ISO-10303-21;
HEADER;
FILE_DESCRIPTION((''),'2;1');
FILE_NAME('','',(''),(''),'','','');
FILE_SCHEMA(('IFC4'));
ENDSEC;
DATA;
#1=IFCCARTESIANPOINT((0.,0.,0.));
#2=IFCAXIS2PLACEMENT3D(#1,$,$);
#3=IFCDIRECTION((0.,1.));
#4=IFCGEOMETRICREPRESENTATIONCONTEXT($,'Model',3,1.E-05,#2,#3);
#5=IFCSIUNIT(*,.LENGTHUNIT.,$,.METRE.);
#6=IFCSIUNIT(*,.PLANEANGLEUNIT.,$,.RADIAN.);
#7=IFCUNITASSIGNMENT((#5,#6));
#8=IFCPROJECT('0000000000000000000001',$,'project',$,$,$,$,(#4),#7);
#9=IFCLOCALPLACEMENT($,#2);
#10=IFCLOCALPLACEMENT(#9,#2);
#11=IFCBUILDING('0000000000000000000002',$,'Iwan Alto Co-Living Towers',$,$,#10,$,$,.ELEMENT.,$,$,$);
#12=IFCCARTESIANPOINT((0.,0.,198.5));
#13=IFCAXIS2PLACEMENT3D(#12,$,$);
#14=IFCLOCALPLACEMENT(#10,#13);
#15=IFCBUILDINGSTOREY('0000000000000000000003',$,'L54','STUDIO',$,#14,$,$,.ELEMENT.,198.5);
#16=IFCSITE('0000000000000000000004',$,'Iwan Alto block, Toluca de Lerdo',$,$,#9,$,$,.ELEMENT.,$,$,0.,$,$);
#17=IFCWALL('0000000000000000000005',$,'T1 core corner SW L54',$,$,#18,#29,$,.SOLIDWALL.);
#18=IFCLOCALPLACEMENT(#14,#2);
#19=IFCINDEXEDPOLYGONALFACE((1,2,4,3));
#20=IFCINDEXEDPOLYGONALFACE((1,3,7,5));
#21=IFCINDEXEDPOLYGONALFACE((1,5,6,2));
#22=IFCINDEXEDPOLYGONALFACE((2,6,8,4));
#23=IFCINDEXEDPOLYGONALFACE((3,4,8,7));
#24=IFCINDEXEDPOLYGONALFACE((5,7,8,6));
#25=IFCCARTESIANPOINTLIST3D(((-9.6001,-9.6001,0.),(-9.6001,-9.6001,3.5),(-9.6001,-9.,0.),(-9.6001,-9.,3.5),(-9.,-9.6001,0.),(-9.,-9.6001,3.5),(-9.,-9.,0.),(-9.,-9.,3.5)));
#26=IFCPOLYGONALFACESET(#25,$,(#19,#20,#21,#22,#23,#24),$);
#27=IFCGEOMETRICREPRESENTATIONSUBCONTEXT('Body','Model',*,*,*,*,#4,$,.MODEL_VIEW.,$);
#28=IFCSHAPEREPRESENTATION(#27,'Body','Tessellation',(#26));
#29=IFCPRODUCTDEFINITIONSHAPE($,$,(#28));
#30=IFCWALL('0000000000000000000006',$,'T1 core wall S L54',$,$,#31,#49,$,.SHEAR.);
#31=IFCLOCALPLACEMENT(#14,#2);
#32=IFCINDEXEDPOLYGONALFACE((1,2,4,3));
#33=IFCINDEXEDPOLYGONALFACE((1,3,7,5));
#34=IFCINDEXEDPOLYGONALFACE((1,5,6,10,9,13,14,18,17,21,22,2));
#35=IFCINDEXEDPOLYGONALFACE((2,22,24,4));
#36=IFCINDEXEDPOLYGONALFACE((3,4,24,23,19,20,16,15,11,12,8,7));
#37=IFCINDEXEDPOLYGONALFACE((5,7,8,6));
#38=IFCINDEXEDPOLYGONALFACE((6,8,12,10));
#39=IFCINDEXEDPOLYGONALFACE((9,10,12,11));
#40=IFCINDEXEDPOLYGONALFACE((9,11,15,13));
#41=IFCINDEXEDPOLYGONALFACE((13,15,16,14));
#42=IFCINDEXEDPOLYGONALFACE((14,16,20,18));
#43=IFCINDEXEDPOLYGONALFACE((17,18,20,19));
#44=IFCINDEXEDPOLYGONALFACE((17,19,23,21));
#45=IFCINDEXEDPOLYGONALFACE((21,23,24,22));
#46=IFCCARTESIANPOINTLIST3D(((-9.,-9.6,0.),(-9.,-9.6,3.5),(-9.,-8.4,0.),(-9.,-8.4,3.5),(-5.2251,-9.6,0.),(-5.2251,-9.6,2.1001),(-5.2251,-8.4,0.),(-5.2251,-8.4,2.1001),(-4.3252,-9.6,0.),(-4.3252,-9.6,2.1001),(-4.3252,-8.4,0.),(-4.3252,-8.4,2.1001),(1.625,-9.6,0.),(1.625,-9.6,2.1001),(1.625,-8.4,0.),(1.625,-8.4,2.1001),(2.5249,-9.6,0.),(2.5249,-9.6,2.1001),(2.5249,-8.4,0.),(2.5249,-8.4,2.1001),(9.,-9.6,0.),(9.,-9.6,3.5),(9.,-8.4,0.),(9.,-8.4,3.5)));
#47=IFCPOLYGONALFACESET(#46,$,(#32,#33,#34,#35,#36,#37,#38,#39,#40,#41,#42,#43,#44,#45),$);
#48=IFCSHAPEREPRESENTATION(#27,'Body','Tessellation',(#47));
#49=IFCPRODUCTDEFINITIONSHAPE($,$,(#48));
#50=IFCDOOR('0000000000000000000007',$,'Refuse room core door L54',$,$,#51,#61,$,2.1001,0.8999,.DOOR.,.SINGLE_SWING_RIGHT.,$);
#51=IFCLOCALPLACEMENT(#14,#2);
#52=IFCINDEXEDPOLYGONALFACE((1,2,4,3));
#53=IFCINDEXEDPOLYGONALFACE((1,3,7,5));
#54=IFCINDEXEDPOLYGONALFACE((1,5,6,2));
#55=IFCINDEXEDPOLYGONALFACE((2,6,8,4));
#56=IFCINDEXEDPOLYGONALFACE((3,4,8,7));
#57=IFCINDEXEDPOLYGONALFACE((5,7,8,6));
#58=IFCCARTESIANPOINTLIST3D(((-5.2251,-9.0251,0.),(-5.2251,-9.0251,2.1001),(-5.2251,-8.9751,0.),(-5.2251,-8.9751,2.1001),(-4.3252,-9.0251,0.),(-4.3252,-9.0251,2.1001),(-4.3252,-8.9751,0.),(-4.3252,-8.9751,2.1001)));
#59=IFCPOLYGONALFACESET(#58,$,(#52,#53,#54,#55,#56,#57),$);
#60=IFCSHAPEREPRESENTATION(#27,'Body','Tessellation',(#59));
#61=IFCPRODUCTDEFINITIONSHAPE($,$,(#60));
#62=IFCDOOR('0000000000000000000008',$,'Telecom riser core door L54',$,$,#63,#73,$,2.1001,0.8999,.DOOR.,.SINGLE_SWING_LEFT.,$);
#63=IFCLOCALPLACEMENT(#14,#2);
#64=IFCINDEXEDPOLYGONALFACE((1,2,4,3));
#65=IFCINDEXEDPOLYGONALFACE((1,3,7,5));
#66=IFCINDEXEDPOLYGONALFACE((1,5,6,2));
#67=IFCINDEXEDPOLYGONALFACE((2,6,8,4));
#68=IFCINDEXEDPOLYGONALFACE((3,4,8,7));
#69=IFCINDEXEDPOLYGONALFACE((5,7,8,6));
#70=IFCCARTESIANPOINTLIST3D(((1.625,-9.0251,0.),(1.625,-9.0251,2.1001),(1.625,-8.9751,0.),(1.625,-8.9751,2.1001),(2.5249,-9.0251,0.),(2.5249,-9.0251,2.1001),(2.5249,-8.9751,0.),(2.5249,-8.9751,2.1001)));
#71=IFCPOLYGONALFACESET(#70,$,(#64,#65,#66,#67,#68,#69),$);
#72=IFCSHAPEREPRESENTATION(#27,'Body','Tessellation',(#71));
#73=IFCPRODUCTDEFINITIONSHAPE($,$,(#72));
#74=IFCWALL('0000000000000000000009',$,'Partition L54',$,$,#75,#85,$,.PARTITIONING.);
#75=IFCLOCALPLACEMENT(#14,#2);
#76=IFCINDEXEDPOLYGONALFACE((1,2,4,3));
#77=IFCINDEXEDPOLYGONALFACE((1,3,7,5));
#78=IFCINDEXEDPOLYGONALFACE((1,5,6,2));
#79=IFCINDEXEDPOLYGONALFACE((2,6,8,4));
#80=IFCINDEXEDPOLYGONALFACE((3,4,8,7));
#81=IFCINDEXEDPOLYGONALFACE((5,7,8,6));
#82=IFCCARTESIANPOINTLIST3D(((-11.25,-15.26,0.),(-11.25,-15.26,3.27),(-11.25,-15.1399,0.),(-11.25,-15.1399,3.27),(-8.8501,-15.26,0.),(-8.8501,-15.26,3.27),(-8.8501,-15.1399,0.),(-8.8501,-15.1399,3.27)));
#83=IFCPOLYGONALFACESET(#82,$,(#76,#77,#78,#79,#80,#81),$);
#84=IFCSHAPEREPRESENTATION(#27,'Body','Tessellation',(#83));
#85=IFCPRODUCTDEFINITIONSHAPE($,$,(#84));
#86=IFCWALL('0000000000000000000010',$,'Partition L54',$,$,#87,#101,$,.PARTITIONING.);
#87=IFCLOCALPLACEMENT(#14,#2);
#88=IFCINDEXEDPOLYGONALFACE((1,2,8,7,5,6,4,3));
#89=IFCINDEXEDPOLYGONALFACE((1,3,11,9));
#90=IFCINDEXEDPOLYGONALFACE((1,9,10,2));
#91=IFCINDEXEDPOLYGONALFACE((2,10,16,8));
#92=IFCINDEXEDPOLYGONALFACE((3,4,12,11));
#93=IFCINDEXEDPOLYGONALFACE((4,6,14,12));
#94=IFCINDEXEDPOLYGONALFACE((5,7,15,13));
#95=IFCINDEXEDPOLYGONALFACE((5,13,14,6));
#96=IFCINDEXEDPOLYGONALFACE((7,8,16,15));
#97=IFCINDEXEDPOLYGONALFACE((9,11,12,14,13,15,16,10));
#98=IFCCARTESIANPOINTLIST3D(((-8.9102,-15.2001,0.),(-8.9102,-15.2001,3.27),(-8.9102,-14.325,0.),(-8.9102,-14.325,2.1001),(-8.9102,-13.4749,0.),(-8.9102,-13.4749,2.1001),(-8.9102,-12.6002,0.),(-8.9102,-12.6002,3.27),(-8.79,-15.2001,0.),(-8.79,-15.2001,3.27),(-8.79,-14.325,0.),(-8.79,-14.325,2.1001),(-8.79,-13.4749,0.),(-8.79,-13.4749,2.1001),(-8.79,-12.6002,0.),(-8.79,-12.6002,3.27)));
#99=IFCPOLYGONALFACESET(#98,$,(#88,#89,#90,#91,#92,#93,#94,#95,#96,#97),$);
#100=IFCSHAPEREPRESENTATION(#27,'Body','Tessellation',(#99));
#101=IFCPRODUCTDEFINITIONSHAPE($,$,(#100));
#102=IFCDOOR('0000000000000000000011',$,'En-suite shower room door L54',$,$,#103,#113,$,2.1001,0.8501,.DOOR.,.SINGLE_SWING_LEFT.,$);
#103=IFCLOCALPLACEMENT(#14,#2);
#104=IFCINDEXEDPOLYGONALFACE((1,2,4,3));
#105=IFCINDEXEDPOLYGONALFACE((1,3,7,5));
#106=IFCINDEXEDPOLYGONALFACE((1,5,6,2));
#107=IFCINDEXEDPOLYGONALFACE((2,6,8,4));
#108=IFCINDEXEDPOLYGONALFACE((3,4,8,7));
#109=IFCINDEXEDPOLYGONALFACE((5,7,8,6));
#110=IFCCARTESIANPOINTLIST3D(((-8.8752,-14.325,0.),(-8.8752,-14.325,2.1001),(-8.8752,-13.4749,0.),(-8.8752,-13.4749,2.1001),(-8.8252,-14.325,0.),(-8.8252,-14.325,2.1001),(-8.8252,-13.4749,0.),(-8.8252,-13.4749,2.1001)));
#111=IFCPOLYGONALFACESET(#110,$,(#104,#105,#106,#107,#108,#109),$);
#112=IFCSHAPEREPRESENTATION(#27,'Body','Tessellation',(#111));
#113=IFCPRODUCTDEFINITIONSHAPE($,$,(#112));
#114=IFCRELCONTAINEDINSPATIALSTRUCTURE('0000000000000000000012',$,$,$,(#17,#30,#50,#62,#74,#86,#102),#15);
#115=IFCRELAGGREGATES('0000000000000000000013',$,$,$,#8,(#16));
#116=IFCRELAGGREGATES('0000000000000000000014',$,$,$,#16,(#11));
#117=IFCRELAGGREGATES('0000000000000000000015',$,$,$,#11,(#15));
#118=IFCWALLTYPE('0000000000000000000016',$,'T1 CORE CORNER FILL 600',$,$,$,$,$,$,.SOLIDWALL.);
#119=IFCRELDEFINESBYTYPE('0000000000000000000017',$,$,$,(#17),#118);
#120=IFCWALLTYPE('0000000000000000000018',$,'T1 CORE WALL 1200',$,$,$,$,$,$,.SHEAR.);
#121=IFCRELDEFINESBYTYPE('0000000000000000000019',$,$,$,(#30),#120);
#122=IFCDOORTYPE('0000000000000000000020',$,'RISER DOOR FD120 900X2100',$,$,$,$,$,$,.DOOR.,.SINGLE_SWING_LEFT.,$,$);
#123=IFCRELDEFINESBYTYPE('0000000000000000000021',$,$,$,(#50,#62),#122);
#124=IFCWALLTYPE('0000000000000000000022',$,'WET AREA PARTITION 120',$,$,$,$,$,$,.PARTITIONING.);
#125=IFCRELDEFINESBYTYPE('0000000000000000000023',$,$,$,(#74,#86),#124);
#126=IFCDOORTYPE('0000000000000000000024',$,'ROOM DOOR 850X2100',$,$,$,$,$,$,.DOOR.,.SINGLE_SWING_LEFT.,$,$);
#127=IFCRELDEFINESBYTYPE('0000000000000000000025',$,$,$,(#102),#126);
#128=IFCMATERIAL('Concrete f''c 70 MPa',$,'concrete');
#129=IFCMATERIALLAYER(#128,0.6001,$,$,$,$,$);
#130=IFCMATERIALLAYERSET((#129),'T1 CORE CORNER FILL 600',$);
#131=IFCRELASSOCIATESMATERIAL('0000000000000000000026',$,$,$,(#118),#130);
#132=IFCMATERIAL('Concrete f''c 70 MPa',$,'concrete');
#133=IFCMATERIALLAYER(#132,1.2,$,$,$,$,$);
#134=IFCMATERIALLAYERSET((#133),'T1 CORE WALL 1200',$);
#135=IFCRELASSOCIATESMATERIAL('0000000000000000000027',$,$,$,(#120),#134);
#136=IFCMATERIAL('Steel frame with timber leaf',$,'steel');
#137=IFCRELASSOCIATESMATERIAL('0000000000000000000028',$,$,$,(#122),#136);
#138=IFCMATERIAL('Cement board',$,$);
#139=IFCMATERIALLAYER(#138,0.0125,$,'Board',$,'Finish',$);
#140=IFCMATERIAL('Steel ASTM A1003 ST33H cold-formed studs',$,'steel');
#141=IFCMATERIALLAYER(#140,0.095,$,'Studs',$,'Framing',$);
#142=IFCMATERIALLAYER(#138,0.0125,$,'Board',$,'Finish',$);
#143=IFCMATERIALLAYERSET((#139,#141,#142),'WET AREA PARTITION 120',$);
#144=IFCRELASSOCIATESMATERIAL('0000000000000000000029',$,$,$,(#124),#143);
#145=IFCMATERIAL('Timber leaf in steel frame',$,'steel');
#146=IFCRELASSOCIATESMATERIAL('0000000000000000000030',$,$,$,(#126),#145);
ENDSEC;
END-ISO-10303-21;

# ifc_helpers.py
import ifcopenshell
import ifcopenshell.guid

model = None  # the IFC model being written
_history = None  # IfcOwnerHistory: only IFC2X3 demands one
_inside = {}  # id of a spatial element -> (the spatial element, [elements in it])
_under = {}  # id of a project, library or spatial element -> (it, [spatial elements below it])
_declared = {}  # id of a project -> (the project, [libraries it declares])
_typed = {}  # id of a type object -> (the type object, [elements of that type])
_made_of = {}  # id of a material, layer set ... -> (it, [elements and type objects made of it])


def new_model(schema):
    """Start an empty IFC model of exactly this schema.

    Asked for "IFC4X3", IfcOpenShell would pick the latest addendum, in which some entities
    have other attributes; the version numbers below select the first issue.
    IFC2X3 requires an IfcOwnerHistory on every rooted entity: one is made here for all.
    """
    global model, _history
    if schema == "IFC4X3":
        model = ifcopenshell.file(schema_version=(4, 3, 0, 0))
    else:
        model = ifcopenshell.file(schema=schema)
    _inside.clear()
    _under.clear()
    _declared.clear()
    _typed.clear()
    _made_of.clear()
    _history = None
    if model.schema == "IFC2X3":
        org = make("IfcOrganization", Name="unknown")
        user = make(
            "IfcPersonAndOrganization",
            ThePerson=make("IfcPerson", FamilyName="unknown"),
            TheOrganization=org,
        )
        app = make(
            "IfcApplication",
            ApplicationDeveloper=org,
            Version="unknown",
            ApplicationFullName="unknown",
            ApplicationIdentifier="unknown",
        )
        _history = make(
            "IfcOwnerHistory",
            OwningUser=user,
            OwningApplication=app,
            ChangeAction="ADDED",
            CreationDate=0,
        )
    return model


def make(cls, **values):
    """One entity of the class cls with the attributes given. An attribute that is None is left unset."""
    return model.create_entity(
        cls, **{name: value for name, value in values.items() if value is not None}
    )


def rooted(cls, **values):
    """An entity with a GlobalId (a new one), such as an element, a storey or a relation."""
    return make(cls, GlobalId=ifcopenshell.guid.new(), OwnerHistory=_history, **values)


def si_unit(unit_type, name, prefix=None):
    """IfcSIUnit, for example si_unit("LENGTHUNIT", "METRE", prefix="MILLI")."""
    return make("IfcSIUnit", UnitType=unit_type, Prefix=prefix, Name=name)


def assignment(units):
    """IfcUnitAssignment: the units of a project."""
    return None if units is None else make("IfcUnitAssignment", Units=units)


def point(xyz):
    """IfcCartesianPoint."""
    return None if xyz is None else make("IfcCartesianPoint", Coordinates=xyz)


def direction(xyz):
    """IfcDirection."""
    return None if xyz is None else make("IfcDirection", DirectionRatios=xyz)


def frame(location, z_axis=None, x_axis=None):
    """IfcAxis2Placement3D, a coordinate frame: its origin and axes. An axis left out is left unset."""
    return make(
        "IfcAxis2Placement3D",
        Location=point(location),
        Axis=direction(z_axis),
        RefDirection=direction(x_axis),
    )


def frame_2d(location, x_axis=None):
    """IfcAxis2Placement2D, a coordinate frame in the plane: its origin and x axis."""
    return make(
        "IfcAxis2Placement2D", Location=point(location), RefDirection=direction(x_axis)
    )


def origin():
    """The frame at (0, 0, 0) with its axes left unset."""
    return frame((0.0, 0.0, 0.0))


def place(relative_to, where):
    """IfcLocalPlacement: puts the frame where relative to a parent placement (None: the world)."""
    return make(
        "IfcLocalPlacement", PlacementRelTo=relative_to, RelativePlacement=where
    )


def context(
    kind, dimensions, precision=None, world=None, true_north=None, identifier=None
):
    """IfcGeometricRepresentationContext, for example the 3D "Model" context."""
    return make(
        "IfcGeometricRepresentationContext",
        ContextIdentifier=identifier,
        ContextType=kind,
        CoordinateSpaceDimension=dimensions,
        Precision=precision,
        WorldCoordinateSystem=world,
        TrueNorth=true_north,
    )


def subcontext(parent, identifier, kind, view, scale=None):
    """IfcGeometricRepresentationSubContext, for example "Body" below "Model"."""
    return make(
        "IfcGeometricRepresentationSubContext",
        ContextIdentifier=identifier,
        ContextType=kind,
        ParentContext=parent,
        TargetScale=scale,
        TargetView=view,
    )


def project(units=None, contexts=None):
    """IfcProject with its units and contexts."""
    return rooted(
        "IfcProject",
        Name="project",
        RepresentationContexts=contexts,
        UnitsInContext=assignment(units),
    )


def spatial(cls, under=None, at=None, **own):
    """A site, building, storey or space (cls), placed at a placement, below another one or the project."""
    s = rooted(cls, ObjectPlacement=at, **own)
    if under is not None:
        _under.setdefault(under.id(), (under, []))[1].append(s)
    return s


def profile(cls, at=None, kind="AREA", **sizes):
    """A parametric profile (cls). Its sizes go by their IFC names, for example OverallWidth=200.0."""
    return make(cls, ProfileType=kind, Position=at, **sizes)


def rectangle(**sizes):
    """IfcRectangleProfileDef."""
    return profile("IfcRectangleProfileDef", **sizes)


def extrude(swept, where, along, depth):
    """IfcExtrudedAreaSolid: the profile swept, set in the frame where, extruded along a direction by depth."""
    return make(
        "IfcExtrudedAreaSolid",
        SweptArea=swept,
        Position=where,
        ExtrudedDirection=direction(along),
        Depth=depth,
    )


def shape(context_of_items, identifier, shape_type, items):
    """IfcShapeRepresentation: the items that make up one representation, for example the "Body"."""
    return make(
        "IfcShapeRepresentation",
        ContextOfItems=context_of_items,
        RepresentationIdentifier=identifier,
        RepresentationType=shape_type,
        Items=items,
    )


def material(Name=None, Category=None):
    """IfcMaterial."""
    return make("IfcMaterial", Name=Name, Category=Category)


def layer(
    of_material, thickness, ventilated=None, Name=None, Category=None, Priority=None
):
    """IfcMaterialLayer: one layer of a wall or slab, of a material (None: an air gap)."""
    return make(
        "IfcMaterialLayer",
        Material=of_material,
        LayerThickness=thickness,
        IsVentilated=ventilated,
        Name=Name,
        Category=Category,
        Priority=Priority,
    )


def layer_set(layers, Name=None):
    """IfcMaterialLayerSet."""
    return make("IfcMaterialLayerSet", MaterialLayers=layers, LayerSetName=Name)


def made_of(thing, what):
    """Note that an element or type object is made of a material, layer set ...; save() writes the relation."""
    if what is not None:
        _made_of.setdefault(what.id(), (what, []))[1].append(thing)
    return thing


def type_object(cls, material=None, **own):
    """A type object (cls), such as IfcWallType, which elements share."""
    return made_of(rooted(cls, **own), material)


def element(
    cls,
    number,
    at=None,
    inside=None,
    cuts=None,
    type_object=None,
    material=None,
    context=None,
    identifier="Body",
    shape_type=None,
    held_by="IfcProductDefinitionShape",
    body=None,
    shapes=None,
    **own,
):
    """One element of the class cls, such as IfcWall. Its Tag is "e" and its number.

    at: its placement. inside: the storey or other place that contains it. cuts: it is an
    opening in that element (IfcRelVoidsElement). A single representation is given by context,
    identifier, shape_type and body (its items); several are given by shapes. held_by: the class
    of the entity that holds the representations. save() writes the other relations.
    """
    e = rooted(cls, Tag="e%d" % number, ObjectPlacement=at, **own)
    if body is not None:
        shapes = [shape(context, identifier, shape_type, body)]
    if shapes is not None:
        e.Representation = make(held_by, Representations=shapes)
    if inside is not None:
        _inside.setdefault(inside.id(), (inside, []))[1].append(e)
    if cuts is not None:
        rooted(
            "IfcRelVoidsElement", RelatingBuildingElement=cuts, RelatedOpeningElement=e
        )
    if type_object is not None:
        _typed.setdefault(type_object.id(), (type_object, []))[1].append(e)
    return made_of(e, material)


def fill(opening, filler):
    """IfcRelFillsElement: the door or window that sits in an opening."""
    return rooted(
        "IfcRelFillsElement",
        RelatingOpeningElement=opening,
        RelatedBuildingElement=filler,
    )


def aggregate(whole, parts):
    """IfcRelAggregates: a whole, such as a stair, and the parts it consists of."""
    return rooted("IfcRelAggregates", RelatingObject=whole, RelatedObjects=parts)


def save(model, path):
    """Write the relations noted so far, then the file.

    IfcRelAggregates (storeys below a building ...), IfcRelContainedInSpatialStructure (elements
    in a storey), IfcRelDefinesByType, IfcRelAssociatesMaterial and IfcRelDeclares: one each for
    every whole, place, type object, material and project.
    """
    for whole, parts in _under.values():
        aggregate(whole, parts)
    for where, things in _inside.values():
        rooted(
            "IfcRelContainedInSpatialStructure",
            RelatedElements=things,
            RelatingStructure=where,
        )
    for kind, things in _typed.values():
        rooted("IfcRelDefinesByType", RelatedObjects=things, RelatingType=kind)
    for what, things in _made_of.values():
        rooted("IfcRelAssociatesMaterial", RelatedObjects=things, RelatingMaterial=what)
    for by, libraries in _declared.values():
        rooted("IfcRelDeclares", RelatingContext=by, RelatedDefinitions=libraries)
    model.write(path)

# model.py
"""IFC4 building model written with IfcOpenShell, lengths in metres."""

from ifc_helpers import new_model, si_unit, direction, frame, frame_2d, origin, place, context, subcontext, project, spatial, rectangle, extrude, material, layer, layer_set, type_object, element, fill, save


model = new_model("IFC4")

# Units and contexts
model_context = context("Model", 3, precision=1e-05, world=origin(), true_north=direction((0.0, 1.0)))
body_context = subcontext(model_context, "Body", "Model", "MODEL_VIEW")
ifc_project = project(units=[si_unit("LENGTHUNIT", "METRE"), si_unit("PLANEANGLEUNIT", "RADIAN")], contexts=[model_context])

# Site, building, storey
site_placement = place(None, origin())
site = spatial("IfcSite", under=ifc_project, at=site_placement, Name="Iwan Alto block, Toluca de Lerdo", CompositionType="ELEMENT", RefElevation=0.0)
building_placement = place(site_placement, origin())
building = spatial("IfcBuilding", under=site, at=building_placement, Name="Iwan Alto Co-Living Towers", CompositionType="ELEMENT")
storey_placement = place(building_placement, frame((0.0, 0.0, 198.5)))
storey = spatial("IfcBuildingStorey", under=building, at=storey_placement, Name="L54", Description="STUDIO", CompositionType="ELEMENT", Elevation=198.5)

# Shared definitions
ifc_material_1 = material(Name="Steel ASTM A1003 ST33H cold-formed studs", Category="steel")

# Wall
ifc_material_2 = material(Name="Concrete f'c 70 MPa", Category="concrete")
ifc_layer_1 = layer(ifc_material_2, 0.6001)
ifc_layer_set_1 = layer_set([ifc_layer_1], Name="T1 CORE CORNER FILL 600")
wall_type_1 = type_object("IfcWallType", Name="T1 CORE CORNER FILL 600", PredefinedType="SOLIDWALL", material=ifc_layer_set_1)
wall_1_placement = place(storey_placement, frame((-9.6001, -9.3, 0.0), z_axis=(0.0, 0.0, 1.0), x_axis=(1.0, 0.0, 0.0)))
element("IfcWall", 1, at=wall_1_placement, inside=storey, type_object=wall_type_1, Name="T1 core corner SW L54", PredefinedType="SOLIDWALL", context=body_context, shape_type="SweptSolid", body=[
    extrude(rectangle(XDim=0.6001, YDim=0.6001, at=frame_2d((0.3, 0.0))), origin(), (0.0, 0.0, 1.0), 3.5),
])

# Wall, openings, doors
ifc_material_3 = material(Name="Concrete f'c 70 MPa", Category="concrete")
ifc_layer_2 = layer(ifc_material_3, 1.2)
ifc_layer_set_2 = layer_set([ifc_layer_2], Name="T1 CORE WALL 1200")
wall_type_2 = type_object("IfcWallType", Name="T1 CORE WALL 1200", PredefinedType="SHEAR", material=ifc_layer_set_2)
wall_2_placement = place(storey_placement, frame((-9.0, -9.0, 0.0), z_axis=(0.0, 0.0, 1.0), x_axis=(1.0, 0.0, 0.0)))
wall_2 = element("IfcWall", 2, at=wall_2_placement, inside=storey, type_object=wall_type_2, Name="T1 core wall S L54", PredefinedType="SHEAR", context=body_context, shape_type="SweptSolid", body=[
    extrude(rectangle(XDim=18.0, YDim=1.2, at=frame_2d((9.0, 0.0))), origin(), (0.0, 0.0, 1.0), 3.5),
])
opening_1_placement = place(wall_2_placement, frame((3.7749, 0.0, 0.0)))
opening_1 = element("IfcOpeningElement", 3, at=opening_1_placement, cuts=wall_2, PredefinedType="OPENING", context=body_context, shape_type="SweptSolid", body=[
    extrude(rectangle(XDim=0.8999, YDim=2.1001, at=frame_2d((0.45, 1.05))), frame((0.0, 0.6099, 0.0), z_axis=(0.0, -1.0, 0.0), x_axis=(1.0, 0.0, 0.0)), (0.0, 0.0, 1.0), 1.22),
])
opening_2_placement = place(wall_2_placement, frame((10.625, 0.0, 0.0)))
opening_2 = element("IfcOpeningElement", 4, at=opening_2_placement, cuts=wall_2, PredefinedType="OPENING", context=body_context, shape_type="SweptSolid", body=[
    extrude(rectangle(XDim=0.8999, YDim=2.1001, at=frame_2d((0.45, 1.05))), frame((0.0, 0.6099, 0.0), z_axis=(0.0, -1.0, 0.0), x_axis=(1.0, 0.0, 0.0)), (0.0, 0.0, 1.0), 1.22),
])
ifc_material_4 = material(Name="Steel frame with timber leaf", Category="steel")
door_type_1 = type_object("IfcDoorType", Name="RISER DOOR FD120 900X2100", OperationType="SINGLE_SWING_LEFT", PredefinedType="DOOR", material=ifc_material_4)
door_1_placement = place(opening_1_placement, origin())
door_1 = element("IfcDoor", 5, at=door_1_placement, inside=storey, type_object=door_type_1, Name="Refuse room core door L54", OperationType="SINGLE_SWING_RIGHT", OverallHeight=2.1001, OverallWidth=0.8999, PredefinedType="DOOR", context=body_context, shape_type="SweptSolid", body=[
    extrude(rectangle(XDim=0.8999, YDim=2.1001, at=frame_2d((0.45, 1.05))), frame((0.0, 0.0249, 0.0), z_axis=(0.0, -1.0, 0.0), x_axis=(1.0, 0.0, 0.0)), (0.0, 0.0, 1.0), 0.05),
])
fill(opening_1, door_1)
door_2_placement = place(opening_2_placement, origin())
door_2 = element("IfcDoor", 6, at=door_2_placement, inside=storey, type_object=door_type_1, Name="Telecom riser core door L54", OperationType="SINGLE_SWING_LEFT", OverallHeight=2.1001, OverallWidth=0.8999, PredefinedType="DOOR", context=body_context, shape_type="SweptSolid", body=[
    extrude(rectangle(XDim=0.8999, YDim=2.1001, at=frame_2d((0.45, 1.05))), frame((0.0, 0.0249, 0.0), z_axis=(0.0, -1.0, 0.0), x_axis=(1.0, 0.0, 0.0)), (0.0, 0.0, 1.0), 0.05),
])
fill(opening_2, door_2)

# Wall
ifc_material_5 = material(Name="Cement board")
ifc_layer_3 = layer(ifc_material_5, 0.0125, Name="Board", Category="Finish")
ifc_layer_4 = layer(ifc_material_1, 0.095, Name="Studs", Category="Framing")
ifc_layer_5 = layer(ifc_material_5, 0.0125, Name="Board", Category="Finish")
ifc_layer_set_3 = layer_set([ifc_layer_3, ifc_layer_4, ifc_layer_5], Name="WET AREA PARTITION 120")
wall_type_3 = type_object("IfcWallType", Name="WET AREA PARTITION 120", PredefinedType="PARTITIONING", material=ifc_layer_set_3)
wall_3_placement = place(storey_placement, frame((-11.25, -15.2, 0.0), z_axis=(0.0, 0.0, 1.0), x_axis=(1.0, 0.0, 0.0)))
element("IfcWall", 7, at=wall_3_placement, inside=storey, type_object=wall_type_3, Name="Partition L54", PredefinedType="PARTITIONING", context=body_context, shape_type="SweptSolid", body=[
    extrude(rectangle(XDim=2.3999, YDim=0.1201, at=frame_2d((1.2, 0.0))), origin(), (0.0, 0.0, 1.0), 3.27),
])

# Wall, opening, door
wall_4_placement = place(storey_placement, frame((-8.8501, -15.2, 0.0), z_axis=(0.0, 0.0, 1.0), x_axis=(0.0, 1.0, 0.0)))
wall_4 = element("IfcWall", 8, at=wall_4_placement, inside=storey, type_object=wall_type_3, Name="Partition L54", PredefinedType="PARTITIONING", context=body_context, shape_type="SweptSolid", body=[
    extrude(rectangle(XDim=2.5999, YDim=0.1201, at=frame_2d((1.2998, 0.0))), origin(), (0.0, 0.0, 1.0), 3.27),
])
opening_3_placement = place(wall_4_placement, frame((0.875, 0.0, 0.0)))
opening_3 = element("IfcOpeningElement", 9, at=opening_3_placement, cuts=wall_4, PredefinedType="OPENING", context=body_context, shape_type="SweptSolid", body=[
    extrude(rectangle(XDim=0.8501, YDim=2.1001, at=frame_2d((0.425, 1.05))), frame((0.0, 0.0701, 0.0), z_axis=(0.0, -1.0, 0.0), x_axis=(1.0, 0.0, 0.0)), (0.0, 0.0, 1.0), 0.1401),
])
ifc_material_6 = material(Name="Timber leaf in steel frame", Category="steel")
door_type_2 = type_object("IfcDoorType", Name="ROOM DOOR 850X2100", OperationType="SINGLE_SWING_LEFT", PredefinedType="DOOR", material=ifc_material_6)
door_3_placement = place(opening_3_placement, frame((0.8501, 0.0, 0.0), z_axis=(0.0, 0.0, 1.0), x_axis=(-1.0, 0.0, 0.0)))
door_3 = element("IfcDoor", 10, at=door_3_placement, inside=storey, type_object=door_type_2, Name="En-suite shower room door L54", OperationType="SINGLE_SWING_LEFT", OverallHeight=2.1001, OverallWidth=0.8501, PredefinedType="DOOR", context=body_context, shape_type="SweptSolid", body=[
    extrude(rectangle(XDim=0.8501, YDim=2.1001, at=frame_2d((0.425, 1.05))), frame((0.0, 0.0249, 0.0), z_axis=(0.0, -1.0, 0.0), x_axis=(1.0, 0.0, 0.0)), (0.0, 0.0, 1.0), 0.05),
])
fill(opening_3, door_3)

save(model, "model.ifc")
